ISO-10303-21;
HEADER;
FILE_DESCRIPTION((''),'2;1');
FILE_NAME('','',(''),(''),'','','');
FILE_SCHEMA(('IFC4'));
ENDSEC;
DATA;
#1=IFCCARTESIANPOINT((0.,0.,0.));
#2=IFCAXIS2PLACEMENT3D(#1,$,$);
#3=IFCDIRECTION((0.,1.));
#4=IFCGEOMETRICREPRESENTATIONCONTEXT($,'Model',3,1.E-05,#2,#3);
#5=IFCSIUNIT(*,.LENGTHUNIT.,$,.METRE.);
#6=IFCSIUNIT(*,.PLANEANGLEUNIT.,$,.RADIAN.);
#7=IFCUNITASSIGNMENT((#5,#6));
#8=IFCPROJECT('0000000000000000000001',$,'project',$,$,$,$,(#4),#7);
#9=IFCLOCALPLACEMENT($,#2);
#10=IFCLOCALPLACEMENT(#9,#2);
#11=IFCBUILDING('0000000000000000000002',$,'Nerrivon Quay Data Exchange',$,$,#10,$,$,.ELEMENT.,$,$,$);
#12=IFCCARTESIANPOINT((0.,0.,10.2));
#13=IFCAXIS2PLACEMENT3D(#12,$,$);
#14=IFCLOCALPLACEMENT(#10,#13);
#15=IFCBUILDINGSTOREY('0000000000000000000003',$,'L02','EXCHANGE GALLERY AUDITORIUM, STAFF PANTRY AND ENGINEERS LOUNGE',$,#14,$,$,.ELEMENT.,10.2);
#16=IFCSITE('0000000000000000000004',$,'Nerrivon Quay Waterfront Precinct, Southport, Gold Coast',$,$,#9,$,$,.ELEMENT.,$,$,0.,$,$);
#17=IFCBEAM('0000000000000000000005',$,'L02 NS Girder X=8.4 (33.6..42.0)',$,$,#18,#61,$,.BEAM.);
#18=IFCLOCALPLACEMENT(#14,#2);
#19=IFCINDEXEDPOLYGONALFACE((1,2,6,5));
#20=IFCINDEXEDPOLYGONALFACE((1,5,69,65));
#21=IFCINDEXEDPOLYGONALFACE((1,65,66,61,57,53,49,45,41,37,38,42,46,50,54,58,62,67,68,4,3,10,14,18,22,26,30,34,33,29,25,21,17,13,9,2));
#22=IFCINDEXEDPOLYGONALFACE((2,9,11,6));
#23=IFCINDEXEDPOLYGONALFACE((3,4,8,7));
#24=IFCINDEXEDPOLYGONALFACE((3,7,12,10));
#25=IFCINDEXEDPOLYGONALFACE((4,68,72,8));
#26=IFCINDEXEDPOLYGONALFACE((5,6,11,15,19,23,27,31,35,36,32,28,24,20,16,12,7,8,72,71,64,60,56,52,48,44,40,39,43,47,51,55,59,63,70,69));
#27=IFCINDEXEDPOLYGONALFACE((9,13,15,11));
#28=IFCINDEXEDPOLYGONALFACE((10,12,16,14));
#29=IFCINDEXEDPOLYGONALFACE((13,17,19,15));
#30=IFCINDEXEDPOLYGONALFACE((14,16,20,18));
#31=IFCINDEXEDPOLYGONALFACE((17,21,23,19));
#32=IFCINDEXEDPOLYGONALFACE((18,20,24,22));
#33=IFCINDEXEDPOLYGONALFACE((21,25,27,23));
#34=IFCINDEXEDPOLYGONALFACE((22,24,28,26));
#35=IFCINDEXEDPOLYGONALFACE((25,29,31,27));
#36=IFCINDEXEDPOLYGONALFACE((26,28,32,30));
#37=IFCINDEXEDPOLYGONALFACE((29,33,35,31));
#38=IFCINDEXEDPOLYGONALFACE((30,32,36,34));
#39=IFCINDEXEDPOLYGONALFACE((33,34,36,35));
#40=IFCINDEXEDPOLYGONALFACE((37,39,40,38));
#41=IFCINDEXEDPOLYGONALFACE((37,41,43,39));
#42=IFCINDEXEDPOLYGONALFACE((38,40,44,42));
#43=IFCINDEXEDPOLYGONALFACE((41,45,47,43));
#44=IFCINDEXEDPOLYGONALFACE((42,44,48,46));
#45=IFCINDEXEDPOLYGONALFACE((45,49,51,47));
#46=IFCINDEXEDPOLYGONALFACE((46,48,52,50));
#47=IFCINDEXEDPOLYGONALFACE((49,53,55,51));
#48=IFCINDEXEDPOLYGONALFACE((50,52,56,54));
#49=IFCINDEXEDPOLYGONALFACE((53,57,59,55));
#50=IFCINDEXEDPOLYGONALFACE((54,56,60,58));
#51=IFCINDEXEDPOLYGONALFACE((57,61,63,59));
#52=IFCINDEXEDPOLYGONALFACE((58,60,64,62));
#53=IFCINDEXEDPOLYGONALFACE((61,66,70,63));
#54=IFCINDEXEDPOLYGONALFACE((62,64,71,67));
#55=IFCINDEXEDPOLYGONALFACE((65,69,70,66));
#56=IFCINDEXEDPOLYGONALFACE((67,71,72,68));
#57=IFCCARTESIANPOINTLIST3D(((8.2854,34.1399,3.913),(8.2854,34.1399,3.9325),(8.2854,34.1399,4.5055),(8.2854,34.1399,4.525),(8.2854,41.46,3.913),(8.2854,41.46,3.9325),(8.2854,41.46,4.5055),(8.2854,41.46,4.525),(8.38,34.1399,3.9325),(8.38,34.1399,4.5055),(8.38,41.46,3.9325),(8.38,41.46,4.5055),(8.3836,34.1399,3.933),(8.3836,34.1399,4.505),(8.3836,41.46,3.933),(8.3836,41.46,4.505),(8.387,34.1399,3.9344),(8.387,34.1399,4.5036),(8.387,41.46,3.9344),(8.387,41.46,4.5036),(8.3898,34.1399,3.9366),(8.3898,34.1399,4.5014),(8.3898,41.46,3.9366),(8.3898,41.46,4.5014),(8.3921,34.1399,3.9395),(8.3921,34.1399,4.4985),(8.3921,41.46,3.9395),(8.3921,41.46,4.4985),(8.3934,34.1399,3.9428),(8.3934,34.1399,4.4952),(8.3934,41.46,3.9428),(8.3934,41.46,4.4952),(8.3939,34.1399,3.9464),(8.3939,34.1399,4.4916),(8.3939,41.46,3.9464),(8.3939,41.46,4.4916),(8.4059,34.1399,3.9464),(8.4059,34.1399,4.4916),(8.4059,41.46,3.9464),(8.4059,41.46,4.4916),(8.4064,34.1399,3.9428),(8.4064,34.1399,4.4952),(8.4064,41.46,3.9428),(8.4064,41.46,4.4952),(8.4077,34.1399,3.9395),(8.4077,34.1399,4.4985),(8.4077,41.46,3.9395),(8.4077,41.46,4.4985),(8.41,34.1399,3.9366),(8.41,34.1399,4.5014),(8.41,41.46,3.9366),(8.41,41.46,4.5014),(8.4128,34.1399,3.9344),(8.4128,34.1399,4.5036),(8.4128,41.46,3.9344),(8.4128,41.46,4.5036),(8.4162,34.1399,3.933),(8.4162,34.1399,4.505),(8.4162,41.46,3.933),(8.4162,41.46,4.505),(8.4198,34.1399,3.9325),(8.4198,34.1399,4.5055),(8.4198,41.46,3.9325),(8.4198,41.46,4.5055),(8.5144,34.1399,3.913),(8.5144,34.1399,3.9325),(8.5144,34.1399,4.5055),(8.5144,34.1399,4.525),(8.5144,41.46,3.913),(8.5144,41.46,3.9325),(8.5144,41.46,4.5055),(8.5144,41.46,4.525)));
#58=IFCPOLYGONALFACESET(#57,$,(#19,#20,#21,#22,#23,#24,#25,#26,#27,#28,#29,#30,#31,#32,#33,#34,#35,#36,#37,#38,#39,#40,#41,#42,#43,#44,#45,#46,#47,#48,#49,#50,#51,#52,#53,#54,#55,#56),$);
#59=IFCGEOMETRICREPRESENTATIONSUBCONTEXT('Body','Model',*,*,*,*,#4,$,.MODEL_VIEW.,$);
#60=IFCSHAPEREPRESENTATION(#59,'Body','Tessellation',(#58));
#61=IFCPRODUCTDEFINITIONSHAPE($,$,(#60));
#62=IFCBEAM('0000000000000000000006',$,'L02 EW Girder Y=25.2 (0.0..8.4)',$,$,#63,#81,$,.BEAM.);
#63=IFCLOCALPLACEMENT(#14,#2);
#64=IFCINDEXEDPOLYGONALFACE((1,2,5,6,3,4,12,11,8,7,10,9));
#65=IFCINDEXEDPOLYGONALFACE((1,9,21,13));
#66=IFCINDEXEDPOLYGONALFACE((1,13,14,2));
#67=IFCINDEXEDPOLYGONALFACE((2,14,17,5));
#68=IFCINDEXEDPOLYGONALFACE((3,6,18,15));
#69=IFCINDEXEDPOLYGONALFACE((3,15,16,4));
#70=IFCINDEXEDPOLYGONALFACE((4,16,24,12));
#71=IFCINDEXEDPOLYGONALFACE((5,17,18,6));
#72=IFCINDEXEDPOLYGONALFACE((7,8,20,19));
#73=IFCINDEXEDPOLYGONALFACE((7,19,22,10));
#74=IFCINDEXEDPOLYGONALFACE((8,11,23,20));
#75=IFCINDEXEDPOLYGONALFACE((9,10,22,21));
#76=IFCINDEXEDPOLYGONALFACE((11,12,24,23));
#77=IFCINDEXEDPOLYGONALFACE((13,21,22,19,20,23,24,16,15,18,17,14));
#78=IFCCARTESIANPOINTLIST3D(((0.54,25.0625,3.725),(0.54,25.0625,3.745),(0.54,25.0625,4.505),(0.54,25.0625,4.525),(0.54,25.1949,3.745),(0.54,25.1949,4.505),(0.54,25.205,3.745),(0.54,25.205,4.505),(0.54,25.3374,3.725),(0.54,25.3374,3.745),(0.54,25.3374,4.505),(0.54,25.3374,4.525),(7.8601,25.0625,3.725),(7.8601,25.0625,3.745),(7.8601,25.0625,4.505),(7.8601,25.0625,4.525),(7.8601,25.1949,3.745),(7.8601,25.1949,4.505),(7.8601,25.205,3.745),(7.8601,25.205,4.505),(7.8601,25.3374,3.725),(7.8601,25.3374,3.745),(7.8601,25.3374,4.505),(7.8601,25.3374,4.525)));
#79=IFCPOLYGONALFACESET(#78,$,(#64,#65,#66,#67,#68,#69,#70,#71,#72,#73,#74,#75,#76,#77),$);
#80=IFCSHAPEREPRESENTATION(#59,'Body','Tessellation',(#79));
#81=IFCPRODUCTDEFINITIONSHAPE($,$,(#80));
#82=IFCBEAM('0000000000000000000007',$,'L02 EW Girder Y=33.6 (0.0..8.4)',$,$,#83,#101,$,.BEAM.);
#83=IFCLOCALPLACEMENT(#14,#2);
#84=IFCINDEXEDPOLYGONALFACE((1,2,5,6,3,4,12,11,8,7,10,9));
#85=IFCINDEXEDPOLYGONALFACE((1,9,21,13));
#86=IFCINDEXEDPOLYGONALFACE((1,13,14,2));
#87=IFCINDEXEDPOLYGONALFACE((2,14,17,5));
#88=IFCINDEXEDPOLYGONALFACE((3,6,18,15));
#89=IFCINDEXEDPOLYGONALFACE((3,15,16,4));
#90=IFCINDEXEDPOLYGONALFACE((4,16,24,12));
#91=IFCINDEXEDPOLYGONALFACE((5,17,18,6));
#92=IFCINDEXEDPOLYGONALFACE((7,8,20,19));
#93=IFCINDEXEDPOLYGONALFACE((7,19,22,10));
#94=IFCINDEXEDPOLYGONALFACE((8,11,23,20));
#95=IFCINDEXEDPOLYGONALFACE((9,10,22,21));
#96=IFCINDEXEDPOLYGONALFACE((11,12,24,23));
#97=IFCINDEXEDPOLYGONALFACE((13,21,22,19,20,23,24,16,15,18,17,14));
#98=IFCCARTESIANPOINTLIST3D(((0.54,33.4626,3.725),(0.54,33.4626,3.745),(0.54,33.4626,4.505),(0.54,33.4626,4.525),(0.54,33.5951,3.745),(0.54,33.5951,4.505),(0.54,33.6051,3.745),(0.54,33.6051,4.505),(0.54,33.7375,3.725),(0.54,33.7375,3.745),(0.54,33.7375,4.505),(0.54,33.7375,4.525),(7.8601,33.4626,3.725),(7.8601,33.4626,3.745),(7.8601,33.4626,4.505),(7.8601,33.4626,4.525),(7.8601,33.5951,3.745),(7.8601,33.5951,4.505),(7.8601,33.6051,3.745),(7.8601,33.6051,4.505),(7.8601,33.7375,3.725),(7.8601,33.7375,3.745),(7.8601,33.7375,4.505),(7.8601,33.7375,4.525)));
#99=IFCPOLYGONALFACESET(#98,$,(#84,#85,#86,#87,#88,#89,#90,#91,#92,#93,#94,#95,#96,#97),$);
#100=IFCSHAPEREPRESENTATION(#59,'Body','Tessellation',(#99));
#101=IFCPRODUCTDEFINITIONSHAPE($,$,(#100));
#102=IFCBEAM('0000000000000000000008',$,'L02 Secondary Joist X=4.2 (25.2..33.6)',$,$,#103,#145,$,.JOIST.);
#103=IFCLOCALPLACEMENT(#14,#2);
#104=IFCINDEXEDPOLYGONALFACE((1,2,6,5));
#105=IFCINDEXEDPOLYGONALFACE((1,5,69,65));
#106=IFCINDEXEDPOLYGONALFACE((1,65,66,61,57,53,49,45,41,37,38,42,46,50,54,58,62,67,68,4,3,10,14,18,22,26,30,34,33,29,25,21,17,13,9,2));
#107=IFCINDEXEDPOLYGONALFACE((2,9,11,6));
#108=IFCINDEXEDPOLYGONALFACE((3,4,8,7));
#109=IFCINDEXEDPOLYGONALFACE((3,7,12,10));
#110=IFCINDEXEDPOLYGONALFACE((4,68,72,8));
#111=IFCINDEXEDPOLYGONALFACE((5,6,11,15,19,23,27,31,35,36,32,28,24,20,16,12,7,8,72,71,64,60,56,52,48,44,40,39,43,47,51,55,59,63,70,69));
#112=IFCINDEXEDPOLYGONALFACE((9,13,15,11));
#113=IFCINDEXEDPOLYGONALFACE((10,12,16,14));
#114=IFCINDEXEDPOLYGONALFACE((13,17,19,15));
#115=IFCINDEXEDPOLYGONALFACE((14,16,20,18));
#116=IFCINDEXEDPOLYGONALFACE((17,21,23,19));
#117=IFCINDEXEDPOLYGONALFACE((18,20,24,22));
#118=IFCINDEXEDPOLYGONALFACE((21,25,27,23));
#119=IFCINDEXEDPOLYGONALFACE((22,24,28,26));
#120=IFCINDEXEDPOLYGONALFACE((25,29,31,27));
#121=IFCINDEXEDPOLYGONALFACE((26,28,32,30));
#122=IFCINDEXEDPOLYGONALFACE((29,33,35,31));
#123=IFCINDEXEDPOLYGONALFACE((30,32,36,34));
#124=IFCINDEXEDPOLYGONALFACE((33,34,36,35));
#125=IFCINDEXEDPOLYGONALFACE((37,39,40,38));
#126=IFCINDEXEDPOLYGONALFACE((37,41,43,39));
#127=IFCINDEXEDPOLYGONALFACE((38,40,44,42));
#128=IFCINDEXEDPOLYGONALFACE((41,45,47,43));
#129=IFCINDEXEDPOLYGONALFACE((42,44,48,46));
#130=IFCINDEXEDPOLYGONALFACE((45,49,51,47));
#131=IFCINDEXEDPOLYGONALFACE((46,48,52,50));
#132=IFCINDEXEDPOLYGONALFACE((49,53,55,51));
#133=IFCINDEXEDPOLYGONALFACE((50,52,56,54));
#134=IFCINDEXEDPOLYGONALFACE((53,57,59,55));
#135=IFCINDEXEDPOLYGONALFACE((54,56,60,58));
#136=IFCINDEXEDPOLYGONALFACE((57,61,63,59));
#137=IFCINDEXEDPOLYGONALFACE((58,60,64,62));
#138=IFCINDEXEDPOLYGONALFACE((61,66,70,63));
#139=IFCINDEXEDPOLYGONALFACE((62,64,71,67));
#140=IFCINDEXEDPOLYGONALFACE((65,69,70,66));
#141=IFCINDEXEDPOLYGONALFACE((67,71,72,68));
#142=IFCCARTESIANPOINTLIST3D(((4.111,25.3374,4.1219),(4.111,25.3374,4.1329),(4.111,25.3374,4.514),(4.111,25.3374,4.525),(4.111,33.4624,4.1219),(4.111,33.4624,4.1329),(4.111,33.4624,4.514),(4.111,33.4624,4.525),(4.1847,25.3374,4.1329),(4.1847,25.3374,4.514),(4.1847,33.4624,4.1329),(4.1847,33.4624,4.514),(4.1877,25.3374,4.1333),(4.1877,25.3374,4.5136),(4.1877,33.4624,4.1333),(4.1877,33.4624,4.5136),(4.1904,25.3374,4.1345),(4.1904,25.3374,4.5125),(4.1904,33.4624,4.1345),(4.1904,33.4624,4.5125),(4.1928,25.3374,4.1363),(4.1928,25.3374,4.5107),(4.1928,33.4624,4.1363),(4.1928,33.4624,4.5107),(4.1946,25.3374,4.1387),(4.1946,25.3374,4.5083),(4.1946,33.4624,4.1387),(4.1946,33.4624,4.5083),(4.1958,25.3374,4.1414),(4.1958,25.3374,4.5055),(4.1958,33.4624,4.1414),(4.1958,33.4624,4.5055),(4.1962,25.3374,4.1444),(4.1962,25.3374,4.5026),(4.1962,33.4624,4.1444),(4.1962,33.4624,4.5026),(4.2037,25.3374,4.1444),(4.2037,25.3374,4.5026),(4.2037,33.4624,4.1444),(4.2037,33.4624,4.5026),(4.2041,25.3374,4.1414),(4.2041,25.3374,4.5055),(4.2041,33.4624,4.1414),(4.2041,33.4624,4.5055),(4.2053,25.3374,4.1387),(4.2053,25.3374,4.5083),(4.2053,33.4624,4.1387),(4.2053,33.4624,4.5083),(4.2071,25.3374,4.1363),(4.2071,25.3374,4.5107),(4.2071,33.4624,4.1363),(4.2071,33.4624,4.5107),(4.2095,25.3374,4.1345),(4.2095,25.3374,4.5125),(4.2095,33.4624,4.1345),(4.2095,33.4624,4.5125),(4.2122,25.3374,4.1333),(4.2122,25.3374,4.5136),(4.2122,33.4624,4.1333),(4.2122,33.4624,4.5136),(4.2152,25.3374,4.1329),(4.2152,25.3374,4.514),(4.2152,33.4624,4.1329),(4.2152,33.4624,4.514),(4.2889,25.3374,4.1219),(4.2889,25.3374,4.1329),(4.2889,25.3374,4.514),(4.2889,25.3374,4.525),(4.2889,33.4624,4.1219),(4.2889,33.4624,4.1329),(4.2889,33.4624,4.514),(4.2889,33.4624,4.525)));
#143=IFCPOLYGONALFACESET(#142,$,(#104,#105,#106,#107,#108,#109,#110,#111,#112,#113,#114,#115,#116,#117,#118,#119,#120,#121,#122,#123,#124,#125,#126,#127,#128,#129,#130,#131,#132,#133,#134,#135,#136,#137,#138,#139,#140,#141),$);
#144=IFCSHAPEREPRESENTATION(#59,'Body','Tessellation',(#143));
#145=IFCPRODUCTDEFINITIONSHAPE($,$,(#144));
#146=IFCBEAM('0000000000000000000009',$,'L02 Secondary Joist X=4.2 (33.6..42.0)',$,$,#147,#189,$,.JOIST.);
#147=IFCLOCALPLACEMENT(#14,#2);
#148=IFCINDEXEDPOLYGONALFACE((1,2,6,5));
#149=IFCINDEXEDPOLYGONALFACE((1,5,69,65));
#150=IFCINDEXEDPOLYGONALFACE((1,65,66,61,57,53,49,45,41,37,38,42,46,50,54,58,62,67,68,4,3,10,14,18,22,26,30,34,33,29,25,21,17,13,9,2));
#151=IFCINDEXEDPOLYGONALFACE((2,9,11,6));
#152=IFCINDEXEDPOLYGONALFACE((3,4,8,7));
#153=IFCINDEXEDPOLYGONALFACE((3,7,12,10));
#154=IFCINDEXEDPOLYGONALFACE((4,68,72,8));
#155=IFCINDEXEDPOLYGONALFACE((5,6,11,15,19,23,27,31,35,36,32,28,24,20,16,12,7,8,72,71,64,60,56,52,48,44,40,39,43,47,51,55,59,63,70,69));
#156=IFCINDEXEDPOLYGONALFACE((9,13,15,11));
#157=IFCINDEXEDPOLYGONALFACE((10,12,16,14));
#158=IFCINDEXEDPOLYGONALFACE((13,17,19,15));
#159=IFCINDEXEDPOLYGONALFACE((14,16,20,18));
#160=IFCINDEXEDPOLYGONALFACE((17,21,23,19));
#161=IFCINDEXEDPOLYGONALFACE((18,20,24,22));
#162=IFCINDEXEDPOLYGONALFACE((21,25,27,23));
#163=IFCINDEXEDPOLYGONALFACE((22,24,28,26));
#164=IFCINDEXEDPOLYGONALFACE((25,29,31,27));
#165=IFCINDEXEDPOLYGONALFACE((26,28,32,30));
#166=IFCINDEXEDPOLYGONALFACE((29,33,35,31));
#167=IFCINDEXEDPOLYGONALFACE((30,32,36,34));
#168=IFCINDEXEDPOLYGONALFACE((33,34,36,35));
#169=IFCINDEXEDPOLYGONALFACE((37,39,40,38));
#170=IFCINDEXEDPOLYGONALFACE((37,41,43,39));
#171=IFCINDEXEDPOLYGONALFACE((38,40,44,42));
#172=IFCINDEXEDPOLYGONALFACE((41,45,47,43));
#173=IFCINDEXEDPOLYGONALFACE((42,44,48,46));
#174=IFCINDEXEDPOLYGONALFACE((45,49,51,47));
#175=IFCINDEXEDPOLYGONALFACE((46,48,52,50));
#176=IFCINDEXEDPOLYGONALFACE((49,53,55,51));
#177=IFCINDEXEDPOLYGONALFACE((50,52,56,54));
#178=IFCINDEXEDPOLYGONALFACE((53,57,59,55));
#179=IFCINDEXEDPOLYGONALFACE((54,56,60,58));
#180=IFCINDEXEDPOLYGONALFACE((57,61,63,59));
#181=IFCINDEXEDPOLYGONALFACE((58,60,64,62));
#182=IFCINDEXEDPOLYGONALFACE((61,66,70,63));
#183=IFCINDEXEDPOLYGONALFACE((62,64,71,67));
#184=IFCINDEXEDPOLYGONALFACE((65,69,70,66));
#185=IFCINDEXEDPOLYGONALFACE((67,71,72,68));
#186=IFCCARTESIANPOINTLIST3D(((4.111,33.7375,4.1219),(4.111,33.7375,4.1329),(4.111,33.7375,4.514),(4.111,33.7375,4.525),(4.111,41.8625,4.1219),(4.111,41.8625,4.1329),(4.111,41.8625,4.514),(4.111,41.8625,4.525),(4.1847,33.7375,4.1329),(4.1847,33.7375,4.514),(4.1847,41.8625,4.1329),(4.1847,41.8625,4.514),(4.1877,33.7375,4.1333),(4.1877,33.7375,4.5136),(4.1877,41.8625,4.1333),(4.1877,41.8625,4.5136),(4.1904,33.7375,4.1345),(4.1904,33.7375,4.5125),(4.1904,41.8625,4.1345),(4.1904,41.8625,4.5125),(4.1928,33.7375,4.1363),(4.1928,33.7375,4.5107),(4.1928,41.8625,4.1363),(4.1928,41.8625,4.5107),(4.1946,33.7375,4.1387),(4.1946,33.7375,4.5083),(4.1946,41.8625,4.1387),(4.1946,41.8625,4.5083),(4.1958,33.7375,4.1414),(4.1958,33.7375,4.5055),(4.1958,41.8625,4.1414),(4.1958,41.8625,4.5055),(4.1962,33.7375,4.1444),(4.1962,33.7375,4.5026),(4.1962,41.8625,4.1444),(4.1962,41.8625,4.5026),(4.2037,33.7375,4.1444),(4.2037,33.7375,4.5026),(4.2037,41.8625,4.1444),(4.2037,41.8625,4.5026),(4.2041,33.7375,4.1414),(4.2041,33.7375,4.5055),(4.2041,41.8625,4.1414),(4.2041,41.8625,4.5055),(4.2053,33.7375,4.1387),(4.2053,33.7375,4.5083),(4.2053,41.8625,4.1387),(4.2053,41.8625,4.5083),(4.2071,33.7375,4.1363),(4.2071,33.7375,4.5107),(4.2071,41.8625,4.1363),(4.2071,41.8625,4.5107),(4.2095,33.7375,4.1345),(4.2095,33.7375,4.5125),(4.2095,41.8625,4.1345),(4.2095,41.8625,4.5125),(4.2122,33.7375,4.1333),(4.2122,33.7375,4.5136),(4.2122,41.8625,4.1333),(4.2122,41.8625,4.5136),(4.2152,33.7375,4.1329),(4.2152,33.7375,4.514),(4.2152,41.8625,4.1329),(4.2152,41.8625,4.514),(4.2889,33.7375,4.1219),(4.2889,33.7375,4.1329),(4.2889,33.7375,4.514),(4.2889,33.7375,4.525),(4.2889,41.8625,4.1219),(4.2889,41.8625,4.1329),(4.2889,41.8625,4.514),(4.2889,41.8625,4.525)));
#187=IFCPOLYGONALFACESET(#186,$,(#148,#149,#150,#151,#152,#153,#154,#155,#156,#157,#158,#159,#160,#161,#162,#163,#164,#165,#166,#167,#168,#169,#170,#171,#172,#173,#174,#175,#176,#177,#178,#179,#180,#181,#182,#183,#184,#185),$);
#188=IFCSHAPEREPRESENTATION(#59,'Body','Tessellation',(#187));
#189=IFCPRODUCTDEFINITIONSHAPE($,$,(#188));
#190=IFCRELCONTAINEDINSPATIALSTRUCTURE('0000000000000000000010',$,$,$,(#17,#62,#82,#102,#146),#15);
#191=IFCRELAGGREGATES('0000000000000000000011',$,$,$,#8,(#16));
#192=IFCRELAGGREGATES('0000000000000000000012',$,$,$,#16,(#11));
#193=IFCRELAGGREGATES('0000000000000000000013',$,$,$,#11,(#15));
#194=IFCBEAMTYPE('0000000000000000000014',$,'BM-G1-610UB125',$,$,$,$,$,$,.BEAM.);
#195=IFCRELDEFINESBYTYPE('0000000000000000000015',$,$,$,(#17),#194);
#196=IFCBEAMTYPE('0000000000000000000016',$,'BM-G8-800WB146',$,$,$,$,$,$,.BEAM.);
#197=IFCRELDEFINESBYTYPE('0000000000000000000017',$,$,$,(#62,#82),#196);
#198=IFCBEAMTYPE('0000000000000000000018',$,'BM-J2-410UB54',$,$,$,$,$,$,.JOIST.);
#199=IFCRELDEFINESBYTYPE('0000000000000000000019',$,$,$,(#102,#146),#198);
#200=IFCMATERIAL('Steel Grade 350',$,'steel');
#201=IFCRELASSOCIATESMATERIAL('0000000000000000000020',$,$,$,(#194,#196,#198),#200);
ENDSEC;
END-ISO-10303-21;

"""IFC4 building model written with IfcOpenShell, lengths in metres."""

from ifc_helpers import new_model, si_unit, direction, frame, origin, origin_2d, place, context, subcontext, project, spatial, i_section, extrude, material, material_profile, profile_set, type_object, element, save


model = new_model("IFC4")

# Units and contexts
model_context = context("Model", 3, precision=1e-05, world=origin(), true_north=direction((0.0, 1.0)))
body_context = subcontext(model_context, "Body", "Model", "MODEL_VIEW")
ifc_project = project(units=[si_unit("LENGTHUNIT", "METRE"), si_unit("PLANEANGLEUNIT", "RADIAN")], contexts=[model_context])

# Site, building, storey
site_placement = place(None, origin())
site = spatial("IfcSite", under=ifc_project, at=site_placement, Name="Nerrivon Quay Waterfront Precinct, Southport, Gold Coast", CompositionType="ELEMENT", RefElevation=0.0)
building_placement = place(site_placement, origin())
building = spatial("IfcBuilding", under=site, at=building_placement, Name="Nerrivon Quay Data Exchange", CompositionType="ELEMENT")
storey_placement = place(building_placement, frame((0.0, 0.0, 10.2)))
storey = spatial("IfcBuildingStorey", under=building, at=storey_placement, Name="L02", Description="EXCHANGE GALLERY AUDITORIUM, STAFF PANTRY AND ENGINEERS LOUNGE", CompositionType="ELEMENT", Elevation=10.2)

# Beams
ifc_material_1 = material(Name="Steel Grade 350", Category="steel")
ifc_material_profile_1 = material_profile(ifc_material_1, i_section(OverallWidth=0.229, OverallDepth=0.6121, WebThickness=0.012, FlangeThickness=0.0195, FilletRadius=0.0139, at=origin_2d()), Name="610UB125")
ifc_profile_set_1 = profile_set([ifc_material_profile_1], Name="Steel Grade 350")
beam_type_1 = type_object("IfcBeamType", Name="BM-G1-610UB125", PredefinedType="BEAM", material=ifc_profile_set_1)
for number, where, z_axis, x_axis, name in (
    (1, (8.3999, 34.1399, 4.219), (0.0, 1.0, 0.0), (-1.0, 0.0, 0.0), "L02 NS Girder X=8.4 (33.6..42.0)"),
):
    element("IfcBeam", number, at=place(storey_placement, frame(where, z_axis=z_axis, x_axis=x_axis)), inside=storey, type_object=beam_type_1, Name=name, PredefinedType="BEAM", context=body_context, shape_type="SweptSolid", body=[
        extrude(i_section(OverallWidth=0.229, OverallDepth=0.6121, WebThickness=0.012, FlangeThickness=0.0195, FilletRadius=0.0139, at=origin_2d()), origin(), (0.0, 0.0, 1.0), 7.3201),
    ])
ifc_material_profile_2 = material_profile(ifc_material_1, i_section(OverallWidth=0.2749, OverallDepth=0.8, WebThickness=0.01, FlangeThickness=0.02, at=origin_2d()), Name="800WB146")
ifc_profile_set_2 = profile_set([ifc_material_profile_2], Name="Steel Grade 350")
beam_type_2 = type_object("IfcBeamType", Name="BM-G8-800WB146", PredefinedType="BEAM", material=ifc_profile_set_2)
for number, where, z_axis, x_axis, name in (
    (2, (0.54, 25.2, 4.125), (1.0, 0.0, 0.0), (0.0, 1.0, 0.0), "L02 EW Girder Y=25.2 (0.0..8.4)"),
    (3, (0.54, 33.6001, 4.125), (1.0, 0.0, 0.0), (0.0, 1.0, 0.0), "L02 EW Girder Y=33.6 (0.0..8.4)"),
):
    element("IfcBeam", number, at=place(storey_placement, frame(where, z_axis=z_axis, x_axis=x_axis)), inside=storey, type_object=beam_type_2, Name=name, PredefinedType="BEAM", context=body_context, shape_type="SweptSolid", body=[
        extrude(i_section(OverallWidth=0.2749, OverallDepth=0.8, WebThickness=0.01, FlangeThickness=0.02, at=origin_2d()), origin(), (0.0, 0.0, 1.0), 7.3201),
    ])
ifc_material_profile_3 = material_profile(ifc_material_1, i_section(OverallWidth=0.178, OverallDepth=0.4031, WebThickness=0.0076, FlangeThickness=0.011, FilletRadius=0.0115, at=origin_2d()), Name="410UB53.7")
ifc_profile_set_3 = profile_set([ifc_material_profile_3], Name="Steel Grade 350")
beam_type_3 = type_object("IfcBeamType", Name="BM-J2-410UB54", PredefinedType="JOIST", material=ifc_profile_set_3)
for number, where, z_axis, x_axis, name in (
    (4, (4.2, 25.3374, 4.3235), (0.0, 1.0, 0.0), (-1.0, 0.0, 0.0), "L02 Secondary Joist X=4.2 (25.2..33.6)"),
    (5, (4.2, 33.7375, 4.3235), (0.0, 1.0, 0.0), (-1.0, 0.0, 0.0), "L02 Secondary Joist X=4.2 (33.6..42.0)"),
):
    element("IfcBeam", number, at=place(storey_placement, frame(where, z_axis=z_axis, x_axis=x_axis)), inside=storey, type_object=beam_type_3, Name=name, PredefinedType="JOIST", context=body_context, shape_type="SweptSolid", body=[
        extrude(i_section(OverallWidth=0.178, OverallDepth=0.4031, WebThickness=0.0076, FlangeThickness=0.011, FilletRadius=0.0115, at=origin_2d()), origin(), (0.0, 0.0, 1.0), 8.125),
    ])

save(model, "model.ifc")
